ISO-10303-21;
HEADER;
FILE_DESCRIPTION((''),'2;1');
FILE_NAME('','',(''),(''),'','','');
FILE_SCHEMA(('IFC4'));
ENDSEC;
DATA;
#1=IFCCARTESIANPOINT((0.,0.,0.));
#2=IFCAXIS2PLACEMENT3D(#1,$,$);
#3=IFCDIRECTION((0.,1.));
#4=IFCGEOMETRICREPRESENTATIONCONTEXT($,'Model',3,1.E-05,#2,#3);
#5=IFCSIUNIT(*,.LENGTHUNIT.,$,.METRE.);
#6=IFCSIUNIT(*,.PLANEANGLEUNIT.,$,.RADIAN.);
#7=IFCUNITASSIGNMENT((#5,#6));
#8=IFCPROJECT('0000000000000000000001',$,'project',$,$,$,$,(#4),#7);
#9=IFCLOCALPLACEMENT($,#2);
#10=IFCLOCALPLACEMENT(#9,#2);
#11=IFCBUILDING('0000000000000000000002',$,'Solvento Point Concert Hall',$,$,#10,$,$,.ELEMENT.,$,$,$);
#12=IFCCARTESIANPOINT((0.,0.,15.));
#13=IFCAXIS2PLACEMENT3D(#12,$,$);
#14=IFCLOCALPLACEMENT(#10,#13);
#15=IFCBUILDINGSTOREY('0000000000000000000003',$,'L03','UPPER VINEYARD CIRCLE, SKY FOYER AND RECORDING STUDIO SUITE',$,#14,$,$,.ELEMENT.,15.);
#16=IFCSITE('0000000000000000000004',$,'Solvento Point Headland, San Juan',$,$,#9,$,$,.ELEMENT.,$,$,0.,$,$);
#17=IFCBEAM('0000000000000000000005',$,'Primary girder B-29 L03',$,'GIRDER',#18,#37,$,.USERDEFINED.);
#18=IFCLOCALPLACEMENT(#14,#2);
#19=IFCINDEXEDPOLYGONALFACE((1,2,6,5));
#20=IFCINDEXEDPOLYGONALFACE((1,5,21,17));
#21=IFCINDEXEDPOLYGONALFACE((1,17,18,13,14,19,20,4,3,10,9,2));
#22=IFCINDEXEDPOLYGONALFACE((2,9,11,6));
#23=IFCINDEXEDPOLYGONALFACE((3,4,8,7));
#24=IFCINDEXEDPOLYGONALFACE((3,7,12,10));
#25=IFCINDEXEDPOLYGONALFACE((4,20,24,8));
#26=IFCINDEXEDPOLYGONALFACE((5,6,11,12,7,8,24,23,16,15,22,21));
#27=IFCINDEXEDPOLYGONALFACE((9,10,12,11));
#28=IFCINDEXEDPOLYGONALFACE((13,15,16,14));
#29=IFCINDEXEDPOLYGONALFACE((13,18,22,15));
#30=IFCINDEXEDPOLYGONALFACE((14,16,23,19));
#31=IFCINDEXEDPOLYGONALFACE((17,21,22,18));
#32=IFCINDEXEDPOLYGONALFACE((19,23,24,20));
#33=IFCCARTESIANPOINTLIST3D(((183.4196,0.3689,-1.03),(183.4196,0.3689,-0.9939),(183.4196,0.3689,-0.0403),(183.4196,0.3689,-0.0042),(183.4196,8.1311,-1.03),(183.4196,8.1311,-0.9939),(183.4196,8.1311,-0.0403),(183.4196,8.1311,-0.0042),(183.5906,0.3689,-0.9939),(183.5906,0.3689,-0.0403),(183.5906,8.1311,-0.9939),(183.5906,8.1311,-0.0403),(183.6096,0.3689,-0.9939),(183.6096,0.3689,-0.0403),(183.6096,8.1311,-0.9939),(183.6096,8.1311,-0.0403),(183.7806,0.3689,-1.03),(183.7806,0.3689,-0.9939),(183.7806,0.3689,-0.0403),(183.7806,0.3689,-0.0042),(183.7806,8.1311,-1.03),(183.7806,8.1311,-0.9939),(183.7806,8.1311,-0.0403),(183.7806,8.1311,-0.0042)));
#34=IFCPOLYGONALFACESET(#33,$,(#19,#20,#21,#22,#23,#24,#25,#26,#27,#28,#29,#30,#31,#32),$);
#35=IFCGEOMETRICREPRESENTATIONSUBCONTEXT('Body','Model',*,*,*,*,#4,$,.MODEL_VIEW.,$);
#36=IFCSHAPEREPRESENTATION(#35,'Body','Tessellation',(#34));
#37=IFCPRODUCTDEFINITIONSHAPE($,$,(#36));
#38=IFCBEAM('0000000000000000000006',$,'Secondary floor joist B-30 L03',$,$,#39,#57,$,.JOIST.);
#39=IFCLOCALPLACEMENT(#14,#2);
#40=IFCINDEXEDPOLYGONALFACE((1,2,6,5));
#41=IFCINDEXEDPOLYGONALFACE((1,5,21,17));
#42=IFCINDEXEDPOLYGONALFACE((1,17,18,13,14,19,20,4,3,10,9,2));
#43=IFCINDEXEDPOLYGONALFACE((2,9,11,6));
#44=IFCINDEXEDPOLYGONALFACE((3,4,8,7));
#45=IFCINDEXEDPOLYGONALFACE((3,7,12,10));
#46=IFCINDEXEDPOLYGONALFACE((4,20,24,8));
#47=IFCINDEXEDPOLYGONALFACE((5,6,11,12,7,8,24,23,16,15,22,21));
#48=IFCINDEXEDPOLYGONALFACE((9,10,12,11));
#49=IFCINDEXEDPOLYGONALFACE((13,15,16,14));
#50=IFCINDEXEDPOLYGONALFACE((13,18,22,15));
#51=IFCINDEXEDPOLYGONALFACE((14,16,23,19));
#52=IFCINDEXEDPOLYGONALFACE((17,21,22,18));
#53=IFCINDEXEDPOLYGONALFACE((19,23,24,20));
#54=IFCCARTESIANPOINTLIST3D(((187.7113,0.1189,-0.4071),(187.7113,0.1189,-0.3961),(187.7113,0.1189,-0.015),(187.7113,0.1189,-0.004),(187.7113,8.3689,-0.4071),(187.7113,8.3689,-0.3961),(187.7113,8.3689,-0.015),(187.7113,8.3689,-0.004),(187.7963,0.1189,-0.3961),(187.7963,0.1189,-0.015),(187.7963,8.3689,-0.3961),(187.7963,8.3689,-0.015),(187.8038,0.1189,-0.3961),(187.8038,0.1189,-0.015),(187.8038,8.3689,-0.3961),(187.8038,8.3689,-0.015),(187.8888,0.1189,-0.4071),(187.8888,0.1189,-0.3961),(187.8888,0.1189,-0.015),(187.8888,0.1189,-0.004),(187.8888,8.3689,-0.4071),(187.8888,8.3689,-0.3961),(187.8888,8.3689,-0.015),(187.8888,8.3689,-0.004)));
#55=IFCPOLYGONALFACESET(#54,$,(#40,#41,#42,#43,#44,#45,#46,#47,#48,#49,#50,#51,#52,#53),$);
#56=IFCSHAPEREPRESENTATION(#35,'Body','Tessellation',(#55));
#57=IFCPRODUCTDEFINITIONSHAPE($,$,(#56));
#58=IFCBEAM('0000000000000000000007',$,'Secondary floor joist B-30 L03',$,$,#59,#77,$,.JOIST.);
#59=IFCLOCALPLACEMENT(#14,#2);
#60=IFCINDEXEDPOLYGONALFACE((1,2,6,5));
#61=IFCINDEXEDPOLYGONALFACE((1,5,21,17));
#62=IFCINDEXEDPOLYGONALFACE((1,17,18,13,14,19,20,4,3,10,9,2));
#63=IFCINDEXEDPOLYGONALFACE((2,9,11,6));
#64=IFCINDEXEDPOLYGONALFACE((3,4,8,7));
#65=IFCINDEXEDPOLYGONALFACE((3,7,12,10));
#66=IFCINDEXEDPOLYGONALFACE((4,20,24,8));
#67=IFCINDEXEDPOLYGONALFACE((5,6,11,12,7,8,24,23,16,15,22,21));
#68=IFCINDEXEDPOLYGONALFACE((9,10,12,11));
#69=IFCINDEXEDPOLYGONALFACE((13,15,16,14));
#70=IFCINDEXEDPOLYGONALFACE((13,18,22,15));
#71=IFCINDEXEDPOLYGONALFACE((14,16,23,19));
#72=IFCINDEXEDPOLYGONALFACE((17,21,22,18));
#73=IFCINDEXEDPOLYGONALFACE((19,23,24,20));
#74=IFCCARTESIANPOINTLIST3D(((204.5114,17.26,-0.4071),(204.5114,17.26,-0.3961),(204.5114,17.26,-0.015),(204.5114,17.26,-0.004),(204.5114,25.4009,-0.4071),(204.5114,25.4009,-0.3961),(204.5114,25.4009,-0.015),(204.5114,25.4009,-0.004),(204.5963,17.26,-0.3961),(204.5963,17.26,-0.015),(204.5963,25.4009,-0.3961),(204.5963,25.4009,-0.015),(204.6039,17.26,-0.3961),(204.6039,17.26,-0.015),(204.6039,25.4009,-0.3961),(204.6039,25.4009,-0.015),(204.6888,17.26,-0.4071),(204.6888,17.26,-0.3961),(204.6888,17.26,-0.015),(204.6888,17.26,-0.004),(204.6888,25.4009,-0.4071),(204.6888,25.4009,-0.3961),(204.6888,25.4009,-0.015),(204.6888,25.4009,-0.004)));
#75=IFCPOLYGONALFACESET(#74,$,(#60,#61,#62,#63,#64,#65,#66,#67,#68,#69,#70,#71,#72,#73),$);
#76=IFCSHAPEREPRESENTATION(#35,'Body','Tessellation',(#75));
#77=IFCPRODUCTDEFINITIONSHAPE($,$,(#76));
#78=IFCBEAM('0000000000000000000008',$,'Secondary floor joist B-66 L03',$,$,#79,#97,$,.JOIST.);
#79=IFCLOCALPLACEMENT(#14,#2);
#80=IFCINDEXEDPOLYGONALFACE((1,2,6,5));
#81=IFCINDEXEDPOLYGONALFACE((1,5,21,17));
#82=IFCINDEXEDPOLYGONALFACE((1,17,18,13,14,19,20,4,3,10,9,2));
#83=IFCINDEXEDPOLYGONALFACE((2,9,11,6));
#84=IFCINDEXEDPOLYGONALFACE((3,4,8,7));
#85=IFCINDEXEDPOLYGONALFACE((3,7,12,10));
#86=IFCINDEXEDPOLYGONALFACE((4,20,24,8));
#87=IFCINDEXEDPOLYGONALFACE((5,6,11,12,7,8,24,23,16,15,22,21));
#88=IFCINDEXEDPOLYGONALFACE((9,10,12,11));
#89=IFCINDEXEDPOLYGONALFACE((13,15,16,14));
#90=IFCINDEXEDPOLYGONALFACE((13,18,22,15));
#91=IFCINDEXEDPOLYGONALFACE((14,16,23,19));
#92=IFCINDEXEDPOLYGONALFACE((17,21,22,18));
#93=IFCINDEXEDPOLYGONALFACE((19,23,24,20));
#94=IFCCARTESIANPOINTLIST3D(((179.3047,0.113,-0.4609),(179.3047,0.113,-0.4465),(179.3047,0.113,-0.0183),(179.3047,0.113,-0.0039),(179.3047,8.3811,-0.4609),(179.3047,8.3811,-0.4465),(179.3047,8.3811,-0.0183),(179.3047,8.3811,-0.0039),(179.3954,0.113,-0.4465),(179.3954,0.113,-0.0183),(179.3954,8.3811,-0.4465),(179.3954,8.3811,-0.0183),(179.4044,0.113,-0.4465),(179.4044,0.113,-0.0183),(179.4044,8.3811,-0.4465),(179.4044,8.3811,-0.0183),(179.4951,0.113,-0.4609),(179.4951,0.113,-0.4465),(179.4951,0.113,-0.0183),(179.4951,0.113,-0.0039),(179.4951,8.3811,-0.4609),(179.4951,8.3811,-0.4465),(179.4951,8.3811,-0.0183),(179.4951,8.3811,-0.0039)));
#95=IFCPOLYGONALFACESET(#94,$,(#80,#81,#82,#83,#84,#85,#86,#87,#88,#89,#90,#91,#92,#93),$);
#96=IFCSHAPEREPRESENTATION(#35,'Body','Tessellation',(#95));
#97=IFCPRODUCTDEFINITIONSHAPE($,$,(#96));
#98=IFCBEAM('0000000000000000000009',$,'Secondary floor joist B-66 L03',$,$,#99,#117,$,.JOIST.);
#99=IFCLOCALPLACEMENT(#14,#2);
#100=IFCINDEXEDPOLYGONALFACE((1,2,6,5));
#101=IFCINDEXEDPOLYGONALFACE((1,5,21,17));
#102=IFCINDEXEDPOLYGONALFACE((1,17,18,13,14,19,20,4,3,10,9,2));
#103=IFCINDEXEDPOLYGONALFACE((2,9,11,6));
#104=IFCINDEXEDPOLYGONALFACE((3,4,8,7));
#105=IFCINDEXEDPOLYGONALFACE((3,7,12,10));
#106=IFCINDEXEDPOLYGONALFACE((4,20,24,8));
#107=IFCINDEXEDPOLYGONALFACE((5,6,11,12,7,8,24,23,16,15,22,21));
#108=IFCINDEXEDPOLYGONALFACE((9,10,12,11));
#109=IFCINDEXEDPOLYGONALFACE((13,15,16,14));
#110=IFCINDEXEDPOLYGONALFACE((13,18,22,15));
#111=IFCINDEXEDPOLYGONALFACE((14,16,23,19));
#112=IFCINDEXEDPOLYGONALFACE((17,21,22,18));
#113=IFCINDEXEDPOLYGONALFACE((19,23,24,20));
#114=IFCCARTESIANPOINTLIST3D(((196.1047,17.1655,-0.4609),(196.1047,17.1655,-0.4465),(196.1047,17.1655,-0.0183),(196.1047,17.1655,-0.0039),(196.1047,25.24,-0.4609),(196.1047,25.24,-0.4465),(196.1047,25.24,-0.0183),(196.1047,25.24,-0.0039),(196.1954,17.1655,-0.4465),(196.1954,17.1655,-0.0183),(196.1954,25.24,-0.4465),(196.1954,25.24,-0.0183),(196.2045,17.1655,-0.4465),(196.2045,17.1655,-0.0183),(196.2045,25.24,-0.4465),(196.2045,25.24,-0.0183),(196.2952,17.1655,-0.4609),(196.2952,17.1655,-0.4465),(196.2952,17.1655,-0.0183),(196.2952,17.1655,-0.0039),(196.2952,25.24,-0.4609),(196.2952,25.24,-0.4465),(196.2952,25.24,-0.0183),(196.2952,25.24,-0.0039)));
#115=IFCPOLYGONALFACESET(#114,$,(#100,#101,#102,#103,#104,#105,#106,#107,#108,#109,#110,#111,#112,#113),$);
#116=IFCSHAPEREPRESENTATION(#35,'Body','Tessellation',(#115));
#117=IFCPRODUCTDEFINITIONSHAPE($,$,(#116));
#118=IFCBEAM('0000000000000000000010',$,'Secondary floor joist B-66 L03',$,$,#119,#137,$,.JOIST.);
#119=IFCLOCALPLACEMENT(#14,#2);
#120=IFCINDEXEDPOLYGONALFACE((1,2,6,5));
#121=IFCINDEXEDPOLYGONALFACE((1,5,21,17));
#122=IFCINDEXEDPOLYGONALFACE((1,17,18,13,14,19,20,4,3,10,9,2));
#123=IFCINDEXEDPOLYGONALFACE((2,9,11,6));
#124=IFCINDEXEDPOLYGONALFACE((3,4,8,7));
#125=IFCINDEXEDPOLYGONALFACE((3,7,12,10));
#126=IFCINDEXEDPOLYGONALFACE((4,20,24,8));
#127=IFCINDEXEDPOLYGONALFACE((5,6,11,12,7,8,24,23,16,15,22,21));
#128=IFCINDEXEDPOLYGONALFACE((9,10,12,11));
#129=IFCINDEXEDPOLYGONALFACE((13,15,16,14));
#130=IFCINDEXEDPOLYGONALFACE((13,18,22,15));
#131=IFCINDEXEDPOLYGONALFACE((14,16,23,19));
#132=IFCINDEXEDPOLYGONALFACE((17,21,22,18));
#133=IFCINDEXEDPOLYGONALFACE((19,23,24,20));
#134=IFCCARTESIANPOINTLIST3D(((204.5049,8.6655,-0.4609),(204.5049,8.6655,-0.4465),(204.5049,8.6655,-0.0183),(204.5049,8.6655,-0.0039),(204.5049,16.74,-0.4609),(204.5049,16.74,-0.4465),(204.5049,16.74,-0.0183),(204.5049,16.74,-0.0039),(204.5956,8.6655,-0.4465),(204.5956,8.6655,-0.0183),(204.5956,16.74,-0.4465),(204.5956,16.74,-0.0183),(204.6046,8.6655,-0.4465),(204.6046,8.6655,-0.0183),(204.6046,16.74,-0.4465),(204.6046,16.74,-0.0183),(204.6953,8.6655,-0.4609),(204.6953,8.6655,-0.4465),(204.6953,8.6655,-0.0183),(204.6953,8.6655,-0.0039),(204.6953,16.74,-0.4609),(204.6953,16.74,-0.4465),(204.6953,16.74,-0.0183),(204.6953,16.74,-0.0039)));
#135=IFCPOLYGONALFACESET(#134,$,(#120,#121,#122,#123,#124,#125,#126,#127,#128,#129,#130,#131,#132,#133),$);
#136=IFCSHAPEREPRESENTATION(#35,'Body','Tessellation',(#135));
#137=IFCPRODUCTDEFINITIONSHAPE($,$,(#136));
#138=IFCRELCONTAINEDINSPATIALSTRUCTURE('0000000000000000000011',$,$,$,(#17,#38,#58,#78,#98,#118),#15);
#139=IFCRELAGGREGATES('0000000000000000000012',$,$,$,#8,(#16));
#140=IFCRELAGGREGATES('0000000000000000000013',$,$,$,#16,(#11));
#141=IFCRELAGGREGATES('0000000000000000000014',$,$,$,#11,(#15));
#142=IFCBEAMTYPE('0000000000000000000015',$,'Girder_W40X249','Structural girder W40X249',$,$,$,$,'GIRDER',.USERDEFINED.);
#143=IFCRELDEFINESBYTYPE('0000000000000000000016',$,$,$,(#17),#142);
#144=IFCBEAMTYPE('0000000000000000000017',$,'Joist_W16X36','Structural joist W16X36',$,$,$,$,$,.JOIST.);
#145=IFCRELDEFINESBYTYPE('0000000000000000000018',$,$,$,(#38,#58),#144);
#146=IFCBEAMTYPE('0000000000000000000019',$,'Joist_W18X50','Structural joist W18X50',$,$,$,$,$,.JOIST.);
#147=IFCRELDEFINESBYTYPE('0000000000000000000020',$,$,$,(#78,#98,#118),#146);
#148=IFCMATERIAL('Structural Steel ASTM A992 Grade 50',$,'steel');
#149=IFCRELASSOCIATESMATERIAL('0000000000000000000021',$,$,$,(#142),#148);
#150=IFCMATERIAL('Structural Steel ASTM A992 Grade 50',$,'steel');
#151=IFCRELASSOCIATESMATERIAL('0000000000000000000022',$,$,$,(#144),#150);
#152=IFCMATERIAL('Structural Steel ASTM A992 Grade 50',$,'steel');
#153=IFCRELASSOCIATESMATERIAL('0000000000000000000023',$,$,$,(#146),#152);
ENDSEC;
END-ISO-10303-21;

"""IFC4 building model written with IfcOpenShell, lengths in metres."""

from ifc_helpers import new_model, si_unit, direction, frame, origin, origin_2d, place, context, subcontext, project, spatial, i_section, extrude, material, material_profile, profile_set, type_object, element, save


model = new_model("IFC4")

# Units and contexts
model_context = context("Model", 3, precision=1e-05, world=origin(), true_north=direction((0.0, 1.0)))
body_context = subcontext(model_context, "Body", "Model", "MODEL_VIEW")
ifc_project = project(units=[si_unit("LENGTHUNIT", "METRE"), si_unit("PLANEANGLEUNIT", "RADIAN")], contexts=[model_context])

# Site, building, storey
site_placement = place(None, origin())
site = spatial("IfcSite", under=ifc_project, at=site_placement, Name="Solvento Point Headland, San Juan", CompositionType="ELEMENT", RefElevation=0.0)
building_placement = place(site_placement, origin())
building = spatial("IfcBuilding", under=site, at=building_placement, Name="Solvento Point Concert Hall", CompositionType="ELEMENT")
storey_placement = place(building_placement, frame((0.0, 0.0, 15.0)))
storey = spatial("IfcBuildingStorey", under=building, at=storey_placement, Name="L03", Description="UPPER VINEYARD CIRCLE, SKY FOYER AND RECORDING STUDIO SUITE", CompositionType="ELEMENT", Elevation=15.0)

# Beams
ifc_material_1 = material(Name="Structural Steel ASTM A992 Grade 50", Category="steel")
ifc_material_profile_1 = material_profile(ifc_material_1, i_section(OverallWidth=0.3611, OverallDepth=1.0259, WebThickness=0.019, FlangeThickness=0.0361, at=origin_2d()), Name="W40X249")
ifc_profile_set_1 = profile_set([ifc_material_profile_1], Name="Structural Steel ASTM A992 Grade 50")
beam_type_1 = type_object("IfcBeamType", Name="Girder_W40X249", Description="Structural girder W40X249", ElementType="GIRDER", PredefinedType="USERDEFINED", material=ifc_profile_set_1)
beam_1_placement = place(storey_placement, frame((183.6001, 0.3689, -0.5171), z_axis=(0.0, 1.0, 0.0), x_axis=(-1.0, 0.0, 0.0)))
element("IfcBeam", 1, at=beam_1_placement, inside=storey, type_object=beam_type_1, Name="Primary girder B-29 L03", ObjectType="GIRDER", PredefinedType="USERDEFINED", context=body_context, shape_type="SweptSolid", body=[
    extrude(i_section(OverallWidth=0.3611, OverallDepth=1.0259, WebThickness=0.019, FlangeThickness=0.0361, at=origin_2d()), origin(), (0.0, 0.0, 1.0), 7.7622),
])
ifc_material_2 = material(Name="Structural Steel ASTM A992 Grade 50", Category="steel")
ifc_material_profile_2 = material_profile(ifc_material_2, i_section(OverallWidth=0.1775, OverallDepth=0.4031, WebThickness=0.0076, FlangeThickness=0.011, at=origin_2d()), Name="W16X36")
ifc_profile_set_2 = profile_set([ifc_material_profile_2], Name="Structural Steel ASTM A992 Grade 50")
beam_type_2 = type_object("IfcBeamType", Name="Joist_W16X36", Description="Structural joist W16X36", PredefinedType="JOIST", material=ifc_profile_set_2)
beam_2_placement = place(storey_placement, frame((187.8, 0.1189, -0.2056), z_axis=(0.0, 1.0, 0.0), x_axis=(-1.0, 0.0, 0.0)))
element("IfcBeam", 2, at=beam_2_placement, inside=storey, type_object=beam_type_2, Name="Secondary floor joist B-30 L03", PredefinedType="JOIST", context=body_context, shape_type="SweptSolid", body=[
    extrude(i_section(OverallWidth=0.1775, OverallDepth=0.4031, WebThickness=0.0076, FlangeThickness=0.011, at=origin_2d()), origin(), (0.0, 0.0, 1.0), 8.25),
])
beam_3_placement = place(storey_placement, frame((204.6001, 17.26, -0.2056), z_axis=(0.0, 1.0, 0.0), x_axis=(-1.0, 0.0, 0.0)))
element("IfcBeam", 3, at=beam_3_placement, inside=storey, type_object=beam_type_2, Name="Secondary floor joist B-30 L03", PredefinedType="JOIST", context=body_context, shape_type="SweptSolid", body=[
    extrude(i_section(OverallWidth=0.1775, OverallDepth=0.4031, WebThickness=0.0076, FlangeThickness=0.011, at=origin_2d()), origin(), (0.0, 0.0, 1.0), 8.1409),
])
ifc_material_3 = material(Name="Structural Steel ASTM A992 Grade 50", Category="steel")
ifc_material_profile_3 = material_profile(ifc_material_3, i_section(OverallWidth=0.1904, OverallDepth=0.457, WebThickness=0.009, FlangeThickness=0.0144, at=origin_2d()), Name="W18X50")
ifc_profile_set_3 = profile_set([ifc_material_profile_3], Name="Structural Steel ASTM A992 Grade 50")
beam_type_3 = type_object("IfcBeamType", Name="Joist_W18X50", Description="Structural joist W18X50", PredefinedType="JOIST", material=ifc_profile_set_3)
beam_4_placement = place(storey_placement, frame((179.3999, 0.113, -0.2324), z_axis=(0.0, 1.0, 0.0), x_axis=(-1.0, 0.0, 0.0)))
element("IfcBeam", 4, at=beam_4_placement, inside=storey, type_object=beam_type_3, Name="Secondary floor joist B-66 L03", PredefinedType="JOIST", context=body_context, shape_type="SweptSolid", body=[
    extrude(i_section(OverallWidth=0.1904, OverallDepth=0.457, WebThickness=0.009, FlangeThickness=0.0144, at=origin_2d()), origin(), (0.0, 0.0, 1.0), 8.2681),
])
for number, where, z_axis, x_axis, name in (
    (5, (196.2, 17.1655, -0.2324), (0.0, 1.0, 0.0), (-1.0, 0.0, 0.0), "Secondary floor joist B-66 L03"),
    (6, (204.6001, 8.6655, -0.2324), (0.0, 1.0, 0.0), (-1.0, 0.0, 0.0), "Secondary floor joist B-66 L03"),
):
    element("IfcBeam", number, at=place(storey_placement, frame(where, z_axis=z_axis, x_axis=x_axis)), inside=storey, type_object=beam_type_3, Name=name, PredefinedType="JOIST", context=body_context, shape_type="SweptSolid", body=[
        extrude(i_section(OverallWidth=0.1904, OverallDepth=0.457, WebThickness=0.009, FlangeThickness=0.0144, at=origin_2d()), origin(), (0.0, 0.0, 1.0), 8.0745),
    ])

save(model, "model.ifc")
